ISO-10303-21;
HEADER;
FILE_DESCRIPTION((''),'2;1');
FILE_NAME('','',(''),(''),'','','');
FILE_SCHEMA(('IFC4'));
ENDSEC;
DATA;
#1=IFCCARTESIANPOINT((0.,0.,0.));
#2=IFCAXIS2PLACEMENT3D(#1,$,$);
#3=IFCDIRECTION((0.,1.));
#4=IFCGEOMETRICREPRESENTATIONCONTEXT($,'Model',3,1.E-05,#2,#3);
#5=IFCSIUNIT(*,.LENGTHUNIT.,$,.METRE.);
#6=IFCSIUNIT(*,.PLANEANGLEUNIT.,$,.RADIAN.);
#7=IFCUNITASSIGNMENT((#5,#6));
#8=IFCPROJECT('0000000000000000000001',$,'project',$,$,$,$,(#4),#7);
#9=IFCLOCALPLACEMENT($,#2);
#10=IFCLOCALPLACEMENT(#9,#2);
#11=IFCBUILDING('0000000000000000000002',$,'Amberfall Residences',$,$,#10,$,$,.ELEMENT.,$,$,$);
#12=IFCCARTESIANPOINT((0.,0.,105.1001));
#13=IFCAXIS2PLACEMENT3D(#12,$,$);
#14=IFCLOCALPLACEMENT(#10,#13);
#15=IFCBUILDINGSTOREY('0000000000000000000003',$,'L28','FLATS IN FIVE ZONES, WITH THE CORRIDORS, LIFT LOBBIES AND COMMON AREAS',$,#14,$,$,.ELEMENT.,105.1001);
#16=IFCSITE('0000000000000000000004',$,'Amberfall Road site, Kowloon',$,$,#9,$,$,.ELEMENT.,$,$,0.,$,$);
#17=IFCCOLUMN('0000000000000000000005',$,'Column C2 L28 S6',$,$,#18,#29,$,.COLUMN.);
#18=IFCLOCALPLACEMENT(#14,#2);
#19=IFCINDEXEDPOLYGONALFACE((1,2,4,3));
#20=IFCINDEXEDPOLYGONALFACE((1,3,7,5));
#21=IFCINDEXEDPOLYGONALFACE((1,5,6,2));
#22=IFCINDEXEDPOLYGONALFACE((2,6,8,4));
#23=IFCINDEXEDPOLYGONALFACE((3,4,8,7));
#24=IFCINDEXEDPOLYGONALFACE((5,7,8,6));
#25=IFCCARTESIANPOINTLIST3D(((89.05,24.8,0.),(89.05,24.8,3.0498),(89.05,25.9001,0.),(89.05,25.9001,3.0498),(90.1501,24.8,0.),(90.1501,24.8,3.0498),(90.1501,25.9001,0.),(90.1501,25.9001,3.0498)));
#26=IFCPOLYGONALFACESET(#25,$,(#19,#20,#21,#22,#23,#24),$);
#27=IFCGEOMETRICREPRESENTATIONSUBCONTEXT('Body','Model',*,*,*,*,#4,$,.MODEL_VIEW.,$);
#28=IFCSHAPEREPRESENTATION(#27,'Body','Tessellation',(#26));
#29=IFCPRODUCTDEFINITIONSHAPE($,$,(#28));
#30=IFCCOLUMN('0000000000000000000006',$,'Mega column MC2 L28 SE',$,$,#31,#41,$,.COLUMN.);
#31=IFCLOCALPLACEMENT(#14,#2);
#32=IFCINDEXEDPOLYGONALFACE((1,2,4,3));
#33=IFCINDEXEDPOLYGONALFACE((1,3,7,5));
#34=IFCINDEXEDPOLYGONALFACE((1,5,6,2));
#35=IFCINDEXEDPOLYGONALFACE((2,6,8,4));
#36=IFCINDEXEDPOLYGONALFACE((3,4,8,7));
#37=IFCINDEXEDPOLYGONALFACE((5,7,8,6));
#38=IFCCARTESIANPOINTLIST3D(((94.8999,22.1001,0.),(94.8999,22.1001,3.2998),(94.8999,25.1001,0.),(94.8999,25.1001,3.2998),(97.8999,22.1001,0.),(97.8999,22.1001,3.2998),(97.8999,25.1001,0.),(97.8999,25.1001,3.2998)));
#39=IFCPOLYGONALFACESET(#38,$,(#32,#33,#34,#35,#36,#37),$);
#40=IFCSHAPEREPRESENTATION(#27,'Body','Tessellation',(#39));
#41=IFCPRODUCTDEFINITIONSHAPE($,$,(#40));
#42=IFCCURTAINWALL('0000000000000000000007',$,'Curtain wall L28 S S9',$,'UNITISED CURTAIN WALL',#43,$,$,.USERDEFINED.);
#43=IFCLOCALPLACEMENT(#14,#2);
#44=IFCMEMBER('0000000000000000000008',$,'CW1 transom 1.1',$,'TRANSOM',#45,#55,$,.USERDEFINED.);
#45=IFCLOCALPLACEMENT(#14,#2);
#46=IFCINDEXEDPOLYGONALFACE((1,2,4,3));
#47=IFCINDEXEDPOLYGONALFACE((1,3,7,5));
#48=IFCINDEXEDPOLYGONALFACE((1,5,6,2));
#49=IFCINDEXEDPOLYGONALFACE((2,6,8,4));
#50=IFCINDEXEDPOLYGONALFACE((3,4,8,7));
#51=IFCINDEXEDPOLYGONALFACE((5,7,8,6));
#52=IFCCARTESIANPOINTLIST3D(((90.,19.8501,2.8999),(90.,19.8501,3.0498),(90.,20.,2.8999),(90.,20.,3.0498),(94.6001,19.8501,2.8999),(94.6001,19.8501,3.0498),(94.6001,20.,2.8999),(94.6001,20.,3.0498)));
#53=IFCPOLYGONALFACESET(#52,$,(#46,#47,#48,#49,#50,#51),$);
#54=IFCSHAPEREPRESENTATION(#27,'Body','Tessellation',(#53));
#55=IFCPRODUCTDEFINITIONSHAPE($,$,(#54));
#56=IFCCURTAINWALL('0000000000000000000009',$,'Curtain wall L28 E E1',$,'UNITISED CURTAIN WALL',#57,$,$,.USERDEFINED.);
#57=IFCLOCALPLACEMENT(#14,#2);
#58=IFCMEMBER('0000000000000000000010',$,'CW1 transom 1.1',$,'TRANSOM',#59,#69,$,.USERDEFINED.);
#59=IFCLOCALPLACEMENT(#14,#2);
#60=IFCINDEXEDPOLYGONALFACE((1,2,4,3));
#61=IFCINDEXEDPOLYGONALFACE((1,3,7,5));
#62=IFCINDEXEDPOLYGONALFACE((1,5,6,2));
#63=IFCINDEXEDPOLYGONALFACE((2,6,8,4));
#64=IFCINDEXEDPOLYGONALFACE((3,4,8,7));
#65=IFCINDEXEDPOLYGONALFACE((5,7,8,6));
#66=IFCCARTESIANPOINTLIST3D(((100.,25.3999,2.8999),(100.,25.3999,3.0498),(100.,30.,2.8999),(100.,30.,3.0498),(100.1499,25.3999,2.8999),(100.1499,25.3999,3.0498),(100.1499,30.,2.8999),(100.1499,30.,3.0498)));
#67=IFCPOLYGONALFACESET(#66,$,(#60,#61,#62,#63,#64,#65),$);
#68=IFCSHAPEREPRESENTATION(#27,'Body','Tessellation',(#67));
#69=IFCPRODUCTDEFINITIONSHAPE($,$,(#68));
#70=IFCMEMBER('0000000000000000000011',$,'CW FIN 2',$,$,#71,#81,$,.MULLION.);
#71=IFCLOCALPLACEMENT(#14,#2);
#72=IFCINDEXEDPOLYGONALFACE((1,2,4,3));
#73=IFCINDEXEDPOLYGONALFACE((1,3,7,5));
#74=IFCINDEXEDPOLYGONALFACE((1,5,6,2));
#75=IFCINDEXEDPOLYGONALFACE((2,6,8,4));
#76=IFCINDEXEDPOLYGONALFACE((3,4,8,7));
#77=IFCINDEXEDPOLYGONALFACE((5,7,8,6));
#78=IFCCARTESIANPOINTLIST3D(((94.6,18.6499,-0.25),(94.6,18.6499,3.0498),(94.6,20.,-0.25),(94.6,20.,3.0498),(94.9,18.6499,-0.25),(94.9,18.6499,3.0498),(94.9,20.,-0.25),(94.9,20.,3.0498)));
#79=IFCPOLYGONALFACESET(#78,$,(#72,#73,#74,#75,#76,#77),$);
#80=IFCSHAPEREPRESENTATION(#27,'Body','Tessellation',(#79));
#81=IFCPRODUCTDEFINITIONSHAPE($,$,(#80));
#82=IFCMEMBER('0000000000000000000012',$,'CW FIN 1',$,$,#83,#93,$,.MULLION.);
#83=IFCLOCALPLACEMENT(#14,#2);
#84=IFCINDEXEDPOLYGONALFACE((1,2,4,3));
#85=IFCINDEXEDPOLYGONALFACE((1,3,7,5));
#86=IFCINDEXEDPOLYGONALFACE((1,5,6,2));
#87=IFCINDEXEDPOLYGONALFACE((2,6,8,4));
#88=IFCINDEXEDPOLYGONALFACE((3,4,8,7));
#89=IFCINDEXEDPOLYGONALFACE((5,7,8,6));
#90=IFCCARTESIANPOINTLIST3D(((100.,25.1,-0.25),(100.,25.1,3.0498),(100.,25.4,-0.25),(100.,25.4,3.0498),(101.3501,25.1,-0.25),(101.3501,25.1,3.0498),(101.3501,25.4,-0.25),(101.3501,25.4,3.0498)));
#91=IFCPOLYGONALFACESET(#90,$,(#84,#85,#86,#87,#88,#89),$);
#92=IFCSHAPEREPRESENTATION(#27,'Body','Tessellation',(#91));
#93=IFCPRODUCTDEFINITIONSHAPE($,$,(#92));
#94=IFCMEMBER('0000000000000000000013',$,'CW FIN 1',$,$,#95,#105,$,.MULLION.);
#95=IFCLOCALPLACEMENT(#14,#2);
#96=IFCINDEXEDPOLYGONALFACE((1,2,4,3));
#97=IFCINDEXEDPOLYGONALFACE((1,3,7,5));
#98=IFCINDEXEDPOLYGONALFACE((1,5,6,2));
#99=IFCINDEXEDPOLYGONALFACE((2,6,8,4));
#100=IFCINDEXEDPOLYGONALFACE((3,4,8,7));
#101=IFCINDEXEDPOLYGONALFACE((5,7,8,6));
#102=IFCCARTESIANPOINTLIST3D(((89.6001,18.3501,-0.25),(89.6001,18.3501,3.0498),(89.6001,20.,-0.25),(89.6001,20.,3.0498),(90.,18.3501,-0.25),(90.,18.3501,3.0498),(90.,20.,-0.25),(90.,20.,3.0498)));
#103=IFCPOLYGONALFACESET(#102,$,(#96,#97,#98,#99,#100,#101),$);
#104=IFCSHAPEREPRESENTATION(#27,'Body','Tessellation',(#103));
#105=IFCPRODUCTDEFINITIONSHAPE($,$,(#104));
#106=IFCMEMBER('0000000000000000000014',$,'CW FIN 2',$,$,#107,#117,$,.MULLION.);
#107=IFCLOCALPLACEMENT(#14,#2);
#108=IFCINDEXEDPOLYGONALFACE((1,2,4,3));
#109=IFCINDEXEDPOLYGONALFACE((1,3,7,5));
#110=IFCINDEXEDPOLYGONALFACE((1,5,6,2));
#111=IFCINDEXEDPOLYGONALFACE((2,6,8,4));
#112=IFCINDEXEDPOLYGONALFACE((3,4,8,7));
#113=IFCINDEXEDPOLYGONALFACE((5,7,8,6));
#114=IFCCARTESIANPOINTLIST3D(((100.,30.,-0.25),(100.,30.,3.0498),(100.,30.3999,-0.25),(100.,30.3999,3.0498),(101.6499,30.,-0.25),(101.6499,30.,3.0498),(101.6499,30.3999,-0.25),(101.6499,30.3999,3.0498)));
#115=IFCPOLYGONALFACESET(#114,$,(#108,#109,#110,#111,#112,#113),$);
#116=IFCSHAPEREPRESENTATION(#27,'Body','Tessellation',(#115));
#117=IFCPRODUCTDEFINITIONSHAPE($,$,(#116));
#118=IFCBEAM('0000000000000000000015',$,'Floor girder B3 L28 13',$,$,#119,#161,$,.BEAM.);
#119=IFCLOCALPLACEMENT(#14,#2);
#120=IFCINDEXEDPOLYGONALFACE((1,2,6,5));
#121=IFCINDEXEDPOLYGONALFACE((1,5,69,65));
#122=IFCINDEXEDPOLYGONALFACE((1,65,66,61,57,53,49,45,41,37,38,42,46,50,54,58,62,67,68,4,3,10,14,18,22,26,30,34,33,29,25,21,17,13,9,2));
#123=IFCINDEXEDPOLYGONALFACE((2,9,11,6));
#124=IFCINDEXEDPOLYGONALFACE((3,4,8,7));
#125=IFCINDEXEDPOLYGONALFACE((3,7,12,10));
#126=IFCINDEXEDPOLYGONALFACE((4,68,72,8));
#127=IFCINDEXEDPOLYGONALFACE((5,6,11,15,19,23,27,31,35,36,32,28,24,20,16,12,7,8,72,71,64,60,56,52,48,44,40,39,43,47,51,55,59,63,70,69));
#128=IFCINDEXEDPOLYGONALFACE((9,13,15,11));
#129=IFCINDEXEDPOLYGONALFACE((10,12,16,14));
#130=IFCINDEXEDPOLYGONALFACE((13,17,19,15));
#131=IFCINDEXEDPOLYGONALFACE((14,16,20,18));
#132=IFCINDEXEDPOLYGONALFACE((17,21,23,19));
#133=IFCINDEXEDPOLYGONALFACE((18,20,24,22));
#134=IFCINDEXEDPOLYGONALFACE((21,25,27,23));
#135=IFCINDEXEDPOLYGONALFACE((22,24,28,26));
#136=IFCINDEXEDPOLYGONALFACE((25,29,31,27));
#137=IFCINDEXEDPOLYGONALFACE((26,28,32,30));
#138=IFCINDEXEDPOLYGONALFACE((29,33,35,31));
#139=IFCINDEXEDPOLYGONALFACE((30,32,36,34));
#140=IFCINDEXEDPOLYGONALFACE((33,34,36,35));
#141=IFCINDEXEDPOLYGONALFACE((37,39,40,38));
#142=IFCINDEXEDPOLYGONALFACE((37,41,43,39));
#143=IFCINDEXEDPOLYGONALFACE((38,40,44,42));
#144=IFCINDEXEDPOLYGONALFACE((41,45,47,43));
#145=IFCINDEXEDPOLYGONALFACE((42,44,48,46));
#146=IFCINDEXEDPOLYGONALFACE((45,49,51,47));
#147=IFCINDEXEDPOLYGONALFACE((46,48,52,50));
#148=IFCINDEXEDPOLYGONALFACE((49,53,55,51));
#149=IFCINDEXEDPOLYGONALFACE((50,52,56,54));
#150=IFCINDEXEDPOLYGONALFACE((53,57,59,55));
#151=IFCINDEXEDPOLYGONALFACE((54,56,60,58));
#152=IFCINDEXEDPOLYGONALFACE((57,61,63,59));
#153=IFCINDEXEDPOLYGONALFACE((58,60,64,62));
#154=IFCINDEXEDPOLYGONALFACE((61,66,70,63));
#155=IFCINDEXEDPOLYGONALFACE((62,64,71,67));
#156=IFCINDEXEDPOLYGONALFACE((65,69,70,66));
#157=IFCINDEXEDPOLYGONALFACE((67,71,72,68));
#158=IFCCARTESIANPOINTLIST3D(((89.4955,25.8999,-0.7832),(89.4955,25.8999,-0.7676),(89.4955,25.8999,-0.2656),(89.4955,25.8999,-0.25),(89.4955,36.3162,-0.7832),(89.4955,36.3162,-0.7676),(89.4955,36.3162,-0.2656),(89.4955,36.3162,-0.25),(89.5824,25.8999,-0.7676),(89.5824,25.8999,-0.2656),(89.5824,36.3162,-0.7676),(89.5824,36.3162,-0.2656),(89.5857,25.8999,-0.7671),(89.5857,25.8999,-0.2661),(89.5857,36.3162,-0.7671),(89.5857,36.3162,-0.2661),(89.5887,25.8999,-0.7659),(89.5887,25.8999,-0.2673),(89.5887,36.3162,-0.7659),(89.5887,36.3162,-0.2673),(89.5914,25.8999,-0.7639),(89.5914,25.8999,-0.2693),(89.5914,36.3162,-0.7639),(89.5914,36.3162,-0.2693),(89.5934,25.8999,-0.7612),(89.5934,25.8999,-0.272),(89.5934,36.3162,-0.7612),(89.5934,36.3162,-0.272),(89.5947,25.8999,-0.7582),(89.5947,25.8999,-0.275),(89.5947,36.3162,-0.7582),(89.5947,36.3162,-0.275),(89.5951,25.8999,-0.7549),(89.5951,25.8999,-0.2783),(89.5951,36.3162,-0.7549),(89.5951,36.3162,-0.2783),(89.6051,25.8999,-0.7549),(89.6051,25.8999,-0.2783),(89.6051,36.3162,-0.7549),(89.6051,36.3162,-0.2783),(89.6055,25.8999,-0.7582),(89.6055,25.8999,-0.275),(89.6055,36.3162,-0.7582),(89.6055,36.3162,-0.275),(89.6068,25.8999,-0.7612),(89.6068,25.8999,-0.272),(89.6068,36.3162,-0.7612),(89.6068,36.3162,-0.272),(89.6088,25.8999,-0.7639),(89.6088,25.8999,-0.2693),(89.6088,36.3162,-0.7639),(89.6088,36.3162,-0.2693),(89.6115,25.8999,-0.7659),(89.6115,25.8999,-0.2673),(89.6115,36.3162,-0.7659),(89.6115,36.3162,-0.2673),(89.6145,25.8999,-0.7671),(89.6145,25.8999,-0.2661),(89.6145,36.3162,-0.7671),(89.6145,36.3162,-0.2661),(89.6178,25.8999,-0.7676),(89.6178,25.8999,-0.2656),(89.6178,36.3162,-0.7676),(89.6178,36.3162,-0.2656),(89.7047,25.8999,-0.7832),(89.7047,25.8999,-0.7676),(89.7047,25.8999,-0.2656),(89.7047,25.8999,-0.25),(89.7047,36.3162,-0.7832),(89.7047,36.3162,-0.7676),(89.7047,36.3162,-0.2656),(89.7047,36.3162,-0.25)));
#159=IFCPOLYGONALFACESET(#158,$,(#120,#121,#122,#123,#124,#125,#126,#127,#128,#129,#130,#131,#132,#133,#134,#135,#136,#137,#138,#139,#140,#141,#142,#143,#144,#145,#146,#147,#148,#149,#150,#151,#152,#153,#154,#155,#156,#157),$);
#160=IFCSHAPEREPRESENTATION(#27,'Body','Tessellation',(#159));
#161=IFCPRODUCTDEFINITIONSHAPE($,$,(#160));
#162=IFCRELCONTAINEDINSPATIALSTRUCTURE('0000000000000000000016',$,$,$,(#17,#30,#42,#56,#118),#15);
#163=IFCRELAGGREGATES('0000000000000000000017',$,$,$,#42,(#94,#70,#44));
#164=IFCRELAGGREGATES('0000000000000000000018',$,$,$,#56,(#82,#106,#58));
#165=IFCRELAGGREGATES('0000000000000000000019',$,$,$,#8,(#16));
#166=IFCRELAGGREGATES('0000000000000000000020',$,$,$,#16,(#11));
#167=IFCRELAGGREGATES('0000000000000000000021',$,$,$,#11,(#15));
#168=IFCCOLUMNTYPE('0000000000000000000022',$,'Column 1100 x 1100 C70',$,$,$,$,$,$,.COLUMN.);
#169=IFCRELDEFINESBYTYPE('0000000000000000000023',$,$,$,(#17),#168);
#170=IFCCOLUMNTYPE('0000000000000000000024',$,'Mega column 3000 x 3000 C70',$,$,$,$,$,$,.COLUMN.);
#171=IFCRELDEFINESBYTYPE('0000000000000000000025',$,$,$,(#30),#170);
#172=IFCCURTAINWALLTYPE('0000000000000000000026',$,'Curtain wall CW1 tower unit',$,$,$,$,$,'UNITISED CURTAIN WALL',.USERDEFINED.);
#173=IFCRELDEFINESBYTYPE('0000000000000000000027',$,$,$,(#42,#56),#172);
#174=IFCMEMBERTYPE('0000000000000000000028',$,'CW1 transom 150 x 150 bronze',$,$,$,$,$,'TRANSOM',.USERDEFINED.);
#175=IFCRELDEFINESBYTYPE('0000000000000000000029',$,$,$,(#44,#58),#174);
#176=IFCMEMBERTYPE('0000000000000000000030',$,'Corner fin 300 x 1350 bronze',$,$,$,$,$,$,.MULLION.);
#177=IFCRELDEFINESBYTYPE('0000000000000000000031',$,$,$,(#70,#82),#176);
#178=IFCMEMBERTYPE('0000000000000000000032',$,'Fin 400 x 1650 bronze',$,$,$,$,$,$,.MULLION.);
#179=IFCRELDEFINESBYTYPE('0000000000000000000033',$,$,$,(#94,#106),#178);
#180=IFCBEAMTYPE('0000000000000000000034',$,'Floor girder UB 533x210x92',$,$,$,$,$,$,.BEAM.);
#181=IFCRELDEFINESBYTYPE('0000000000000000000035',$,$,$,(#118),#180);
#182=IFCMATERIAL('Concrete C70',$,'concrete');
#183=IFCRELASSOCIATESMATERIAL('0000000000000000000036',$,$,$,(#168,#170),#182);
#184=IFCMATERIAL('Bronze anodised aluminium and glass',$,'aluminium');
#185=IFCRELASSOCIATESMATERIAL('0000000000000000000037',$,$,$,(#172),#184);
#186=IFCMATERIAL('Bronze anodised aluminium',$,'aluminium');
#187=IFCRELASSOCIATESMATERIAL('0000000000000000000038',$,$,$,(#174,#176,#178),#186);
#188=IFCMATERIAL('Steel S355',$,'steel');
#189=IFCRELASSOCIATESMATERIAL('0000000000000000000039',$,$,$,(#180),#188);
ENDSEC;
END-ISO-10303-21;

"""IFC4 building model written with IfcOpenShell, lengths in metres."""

from ifc_helpers import new_model, si_unit, direction, frame, origin, origin_2d, place, context, subcontext, project, spatial, rectangle, i_section, extrude, material, material_profile, profile_set, type_object, element, aggregate, save


model = new_model("IFC4")

# Units and contexts
model_context = context("Model", 3, precision=1e-05, world=origin(), true_north=direction((0.0, 1.0)))
body_context = subcontext(model_context, "Body", "Model", "MODEL_VIEW")
ifc_project = project(units=[si_unit("LENGTHUNIT", "METRE"), si_unit("PLANEANGLEUNIT", "RADIAN")], contexts=[model_context])

# Site, building, storey
site_placement = place(None, origin())
site = spatial("IfcSite", under=ifc_project, at=site_placement, Name="Amberfall Road site, Kowloon", CompositionType="ELEMENT", RefElevation=0.0)
building_placement = place(site_placement, origin())
building = spatial("IfcBuilding", under=site, at=building_placement, Name="Amberfall Residences", CompositionType="ELEMENT")
storey_placement = place(building_placement, frame((0.0, 0.0, 105.1001)))
storey = spatial("IfcBuildingStorey", under=building, at=storey_placement, Name="L28", Description="FLATS IN FIVE ZONES, WITH THE CORRIDORS, LIFT LOBBIES AND COMMON AREAS", CompositionType="ELEMENT", Elevation=105.1001)

# Columns
ifc_material_1 = material(Name="Concrete C70", Category="concrete")
ifc_material_profile_1 = material_profile(ifc_material_1, rectangle(XDim=1.1001, YDim=1.1001, at=origin_2d()), Name="Column 1100 x 1100 C70")
ifc_profile_set_1 = profile_set([ifc_material_profile_1], Name="Concrete C70")
column_type_1 = type_object("IfcColumnType", Name="Column 1100 x 1100 C70", PredefinedType="COLUMN", material=ifc_profile_set_1)
column_1_placement = place(storey_placement, frame((89.6001, 25.3501, 0.0), z_axis=(0.0, 0.0, 1.0), x_axis=(1.0, 0.0, 0.0)))
element("IfcColumn", 1, at=column_1_placement, inside=storey, type_object=column_type_1, Name="Column C2 L28 S6", PredefinedType="COLUMN", context=body_context, shape_type="SweptSolid", body=[
    extrude(rectangle(XDim=1.1001, YDim=1.1001, at=origin_2d()), origin(), (0.0, 0.0, 1.0), 3.0498),
])
ifc_material_profile_2 = material_profile(ifc_material_1, rectangle(XDim=3.0, YDim=3.0, at=origin_2d()), Name="Mega column 3000 x 3000 C70")
ifc_profile_set_2 = profile_set([ifc_material_profile_2], Name="Concrete C70")
column_type_2 = type_object("IfcColumnType", Name="Mega column 3000 x 3000 C70", PredefinedType="COLUMN", material=ifc_profile_set_2)
column_2_placement = place(storey_placement, frame((96.3999, 23.6001, 0.0), z_axis=(0.0, 0.0, 1.0), x_axis=(1.0, 0.0, 0.0)))
element("IfcColumn", 2, at=column_2_placement, inside=storey, type_object=column_type_2, Name="Mega column MC2 L28 SE", PredefinedType="COLUMN", context=body_context, shape_type="SweptSolid", body=[
    extrude(rectangle(XDim=3.0, YDim=3.0, at=origin_2d()), origin(), (0.0, 0.0, 1.0), 3.2998),
])

# Curtain walls, members
ifc_material_2 = material(Name="Bronze anodised aluminium and glass", Category="aluminium")
curtain_wall_type = type_object("IfcCurtainWallType", Name="Curtain wall CW1 tower unit", ElementType="UNITISED CURTAIN WALL", PredefinedType="USERDEFINED", material=ifc_material_2)
curtain_wall_1_placement = place(storey_placement, origin())
curtain_wall_1 = element("IfcCurtainWall", 3, at=curtain_wall_1_placement, inside=storey, type_object=curtain_wall_type, Name="Curtain wall L28 S S9", ObjectType="UNITISED CURTAIN WALL", PredefinedType="USERDEFINED")
ifc_material_3 = material(Name="Bronze anodised aluminium", Category="aluminium")
ifc_material_profile_3 = material_profile(ifc_material_3, rectangle(XDim=0.1499, YDim=0.1499, at=origin_2d()), Name="CW1 transom 150 x 150 bronze")
ifc_profile_set_3 = profile_set([ifc_material_profile_3], Name="Bronze anodised aluminium")
member_type_1 = type_object("IfcMemberType", Name="CW1 transom 150 x 150 bronze", ElementType="TRANSOM", PredefinedType="USERDEFINED", material=ifc_profile_set_3)
member_1_placement = place(storey_placement, frame((90.0, 19.925, 2.9749), z_axis=(1.0, 0.0, 0.0), x_axis=(0.0, 1.0, 0.0)))
member_1 = element("IfcMember", 4, at=member_1_placement, type_object=member_type_1, Name="CW1 transom 1.1", ObjectType="TRANSOM", PredefinedType="USERDEFINED", context=body_context, shape_type="SweptSolid", body=[
    extrude(rectangle(XDim=0.1499, YDim=0.1499, at=origin_2d()), origin(), (0.0, 0.0, 1.0), 4.6001),
])
curtain_wall_2_placement = place(storey_placement, origin())
curtain_wall_2 = element("IfcCurtainWall", 5, at=curtain_wall_2_placement, inside=storey, type_object=curtain_wall_type, Name="Curtain wall L28 E E1", ObjectType="UNITISED CURTAIN WALL", PredefinedType="USERDEFINED")
member_2_placement = place(storey_placement, frame((100.075, 25.3999, 2.9749), z_axis=(0.0, 1.0, 0.0), x_axis=(-1.0, 0.0, 0.0)))
member_2 = element("IfcMember", 6, at=member_2_placement, type_object=member_type_1, Name="CW1 transom 1.1", ObjectType="TRANSOM", PredefinedType="USERDEFINED", context=body_context, shape_type="SweptSolid", body=[
    extrude(rectangle(XDim=0.1499, YDim=0.1499, at=origin_2d()), origin(), (0.0, 0.0, 1.0), 4.6001),
])

# Members
ifc_material_profile_4 = material_profile(ifc_material_3, rectangle(XDim=1.3501, YDim=0.3, at=origin_2d()), Name="Corner fin 300 x 1350 bronze")
ifc_profile_set_4 = profile_set([ifc_material_profile_4], Name="Bronze anodised aluminium")
member_type_2 = type_object("IfcMemberType", Name="Corner fin 300 x 1350 bronze", PredefinedType="MULLION", material=ifc_profile_set_4)
member_3_placement = place(storey_placement, frame((94.75, 19.325, -0.25), z_axis=(0.0, 0.0, 1.0), x_axis=(0.0, 1.0, 0.0)))
member_3 = element("IfcMember", 7, at=member_3_placement, type_object=member_type_2, Name="CW FIN 2", PredefinedType="MULLION", context=body_context, shape_type="SweptSolid", body=[
    extrude(rectangle(XDim=1.3501, YDim=0.3, at=origin_2d()), origin(), (0.0, 0.0, 1.0), 3.2998),
])
member_4_placement = place(storey_placement, frame((100.675, 25.25, -0.25), z_axis=(0.0, 0.0, 1.0), x_axis=(-1.0, 0.0, 0.0)))
member_4 = element("IfcMember", 8, at=member_4_placement, type_object=member_type_2, Name="CW FIN 1", PredefinedType="MULLION", context=body_context, shape_type="SweptSolid", body=[
    extrude(rectangle(XDim=1.3501, YDim=0.3, at=origin_2d()), origin(), (0.0, 0.0, 1.0), 3.2998),
])
ifc_material_profile_5 = material_profile(ifc_material_3, rectangle(XDim=1.6499, YDim=0.3999, at=origin_2d()), Name="Fin 400 x 1650 bronze")
ifc_profile_set_5 = profile_set([ifc_material_profile_5], Name="Bronze anodised aluminium")
member_type_3 = type_object("IfcMemberType", Name="Fin 400 x 1650 bronze", PredefinedType="MULLION", material=ifc_profile_set_5)
member_5_placement = place(storey_placement, frame((89.8, 19.175, -0.25), z_axis=(0.0, 0.0, 1.0), x_axis=(0.0, 1.0, 0.0)))
member_5 = element("IfcMember", 9, at=member_5_placement, type_object=member_type_3, Name="CW FIN 1", PredefinedType="MULLION", context=body_context, shape_type="SweptSolid", body=[
    extrude(rectangle(XDim=1.6499, YDim=0.3999, at=origin_2d()), origin(), (0.0, 0.0, 1.0), 3.2998),
])
member_6_placement = place(storey_placement, frame((100.825, 30.2, -0.25), z_axis=(0.0, 0.0, 1.0), x_axis=(-1.0, 0.0, 0.0)))
member_6 = element("IfcMember", 10, at=member_6_placement, type_object=member_type_3, Name="CW FIN 2", PredefinedType="MULLION", context=body_context, shape_type="SweptSolid", body=[
    extrude(rectangle(XDim=1.6499, YDim=0.3999, at=origin_2d()), origin(), (0.0, 0.0, 1.0), 3.2998),
])

# Beam
ifc_material_4 = material(Name="Steel S355", Category="steel")
ifc_material_profile_6 = material_profile(ifc_material_4, i_section(OverallWidth=0.2092, OverallDepth=0.5332, WebThickness=0.01, FlangeThickness=0.0156, FilletRadius=0.0127, at=origin_2d()), Name="UB 533x210x92")
ifc_profile_set_6 = profile_set([ifc_material_profile_6], Name="Steel S355")
beam_type_1 = type_object("IfcBeamType", Name="Floor girder UB 533x210x92", PredefinedType="BEAM", material=ifc_profile_set_6)
beam_1_placement = place(storey_placement, frame((89.6001, 25.8999, -0.5166), z_axis=(0.0, 1.0, 0.0), x_axis=(-1.0, 0.0, 0.0)))
element("IfcBeam", 11, at=beam_1_placement, inside=storey, type_object=beam_type_1, Name="Floor girder B3 L28 13", PredefinedType="BEAM", context=body_context, shape_type="SweptSolid", body=[
    extrude(i_section(OverallWidth=0.2092, OverallDepth=0.5332, WebThickness=0.01, FlangeThickness=0.0156, FilletRadius=0.0127, at=origin_2d()), origin(), (0.0, 0.0, 1.0), 10.4163),
])

aggregate(curtain_wall_1, [member_5, member_3, member_1])
aggregate(curtain_wall_2, [member_4, member_6, member_2])

save(model, "model.ifc")
